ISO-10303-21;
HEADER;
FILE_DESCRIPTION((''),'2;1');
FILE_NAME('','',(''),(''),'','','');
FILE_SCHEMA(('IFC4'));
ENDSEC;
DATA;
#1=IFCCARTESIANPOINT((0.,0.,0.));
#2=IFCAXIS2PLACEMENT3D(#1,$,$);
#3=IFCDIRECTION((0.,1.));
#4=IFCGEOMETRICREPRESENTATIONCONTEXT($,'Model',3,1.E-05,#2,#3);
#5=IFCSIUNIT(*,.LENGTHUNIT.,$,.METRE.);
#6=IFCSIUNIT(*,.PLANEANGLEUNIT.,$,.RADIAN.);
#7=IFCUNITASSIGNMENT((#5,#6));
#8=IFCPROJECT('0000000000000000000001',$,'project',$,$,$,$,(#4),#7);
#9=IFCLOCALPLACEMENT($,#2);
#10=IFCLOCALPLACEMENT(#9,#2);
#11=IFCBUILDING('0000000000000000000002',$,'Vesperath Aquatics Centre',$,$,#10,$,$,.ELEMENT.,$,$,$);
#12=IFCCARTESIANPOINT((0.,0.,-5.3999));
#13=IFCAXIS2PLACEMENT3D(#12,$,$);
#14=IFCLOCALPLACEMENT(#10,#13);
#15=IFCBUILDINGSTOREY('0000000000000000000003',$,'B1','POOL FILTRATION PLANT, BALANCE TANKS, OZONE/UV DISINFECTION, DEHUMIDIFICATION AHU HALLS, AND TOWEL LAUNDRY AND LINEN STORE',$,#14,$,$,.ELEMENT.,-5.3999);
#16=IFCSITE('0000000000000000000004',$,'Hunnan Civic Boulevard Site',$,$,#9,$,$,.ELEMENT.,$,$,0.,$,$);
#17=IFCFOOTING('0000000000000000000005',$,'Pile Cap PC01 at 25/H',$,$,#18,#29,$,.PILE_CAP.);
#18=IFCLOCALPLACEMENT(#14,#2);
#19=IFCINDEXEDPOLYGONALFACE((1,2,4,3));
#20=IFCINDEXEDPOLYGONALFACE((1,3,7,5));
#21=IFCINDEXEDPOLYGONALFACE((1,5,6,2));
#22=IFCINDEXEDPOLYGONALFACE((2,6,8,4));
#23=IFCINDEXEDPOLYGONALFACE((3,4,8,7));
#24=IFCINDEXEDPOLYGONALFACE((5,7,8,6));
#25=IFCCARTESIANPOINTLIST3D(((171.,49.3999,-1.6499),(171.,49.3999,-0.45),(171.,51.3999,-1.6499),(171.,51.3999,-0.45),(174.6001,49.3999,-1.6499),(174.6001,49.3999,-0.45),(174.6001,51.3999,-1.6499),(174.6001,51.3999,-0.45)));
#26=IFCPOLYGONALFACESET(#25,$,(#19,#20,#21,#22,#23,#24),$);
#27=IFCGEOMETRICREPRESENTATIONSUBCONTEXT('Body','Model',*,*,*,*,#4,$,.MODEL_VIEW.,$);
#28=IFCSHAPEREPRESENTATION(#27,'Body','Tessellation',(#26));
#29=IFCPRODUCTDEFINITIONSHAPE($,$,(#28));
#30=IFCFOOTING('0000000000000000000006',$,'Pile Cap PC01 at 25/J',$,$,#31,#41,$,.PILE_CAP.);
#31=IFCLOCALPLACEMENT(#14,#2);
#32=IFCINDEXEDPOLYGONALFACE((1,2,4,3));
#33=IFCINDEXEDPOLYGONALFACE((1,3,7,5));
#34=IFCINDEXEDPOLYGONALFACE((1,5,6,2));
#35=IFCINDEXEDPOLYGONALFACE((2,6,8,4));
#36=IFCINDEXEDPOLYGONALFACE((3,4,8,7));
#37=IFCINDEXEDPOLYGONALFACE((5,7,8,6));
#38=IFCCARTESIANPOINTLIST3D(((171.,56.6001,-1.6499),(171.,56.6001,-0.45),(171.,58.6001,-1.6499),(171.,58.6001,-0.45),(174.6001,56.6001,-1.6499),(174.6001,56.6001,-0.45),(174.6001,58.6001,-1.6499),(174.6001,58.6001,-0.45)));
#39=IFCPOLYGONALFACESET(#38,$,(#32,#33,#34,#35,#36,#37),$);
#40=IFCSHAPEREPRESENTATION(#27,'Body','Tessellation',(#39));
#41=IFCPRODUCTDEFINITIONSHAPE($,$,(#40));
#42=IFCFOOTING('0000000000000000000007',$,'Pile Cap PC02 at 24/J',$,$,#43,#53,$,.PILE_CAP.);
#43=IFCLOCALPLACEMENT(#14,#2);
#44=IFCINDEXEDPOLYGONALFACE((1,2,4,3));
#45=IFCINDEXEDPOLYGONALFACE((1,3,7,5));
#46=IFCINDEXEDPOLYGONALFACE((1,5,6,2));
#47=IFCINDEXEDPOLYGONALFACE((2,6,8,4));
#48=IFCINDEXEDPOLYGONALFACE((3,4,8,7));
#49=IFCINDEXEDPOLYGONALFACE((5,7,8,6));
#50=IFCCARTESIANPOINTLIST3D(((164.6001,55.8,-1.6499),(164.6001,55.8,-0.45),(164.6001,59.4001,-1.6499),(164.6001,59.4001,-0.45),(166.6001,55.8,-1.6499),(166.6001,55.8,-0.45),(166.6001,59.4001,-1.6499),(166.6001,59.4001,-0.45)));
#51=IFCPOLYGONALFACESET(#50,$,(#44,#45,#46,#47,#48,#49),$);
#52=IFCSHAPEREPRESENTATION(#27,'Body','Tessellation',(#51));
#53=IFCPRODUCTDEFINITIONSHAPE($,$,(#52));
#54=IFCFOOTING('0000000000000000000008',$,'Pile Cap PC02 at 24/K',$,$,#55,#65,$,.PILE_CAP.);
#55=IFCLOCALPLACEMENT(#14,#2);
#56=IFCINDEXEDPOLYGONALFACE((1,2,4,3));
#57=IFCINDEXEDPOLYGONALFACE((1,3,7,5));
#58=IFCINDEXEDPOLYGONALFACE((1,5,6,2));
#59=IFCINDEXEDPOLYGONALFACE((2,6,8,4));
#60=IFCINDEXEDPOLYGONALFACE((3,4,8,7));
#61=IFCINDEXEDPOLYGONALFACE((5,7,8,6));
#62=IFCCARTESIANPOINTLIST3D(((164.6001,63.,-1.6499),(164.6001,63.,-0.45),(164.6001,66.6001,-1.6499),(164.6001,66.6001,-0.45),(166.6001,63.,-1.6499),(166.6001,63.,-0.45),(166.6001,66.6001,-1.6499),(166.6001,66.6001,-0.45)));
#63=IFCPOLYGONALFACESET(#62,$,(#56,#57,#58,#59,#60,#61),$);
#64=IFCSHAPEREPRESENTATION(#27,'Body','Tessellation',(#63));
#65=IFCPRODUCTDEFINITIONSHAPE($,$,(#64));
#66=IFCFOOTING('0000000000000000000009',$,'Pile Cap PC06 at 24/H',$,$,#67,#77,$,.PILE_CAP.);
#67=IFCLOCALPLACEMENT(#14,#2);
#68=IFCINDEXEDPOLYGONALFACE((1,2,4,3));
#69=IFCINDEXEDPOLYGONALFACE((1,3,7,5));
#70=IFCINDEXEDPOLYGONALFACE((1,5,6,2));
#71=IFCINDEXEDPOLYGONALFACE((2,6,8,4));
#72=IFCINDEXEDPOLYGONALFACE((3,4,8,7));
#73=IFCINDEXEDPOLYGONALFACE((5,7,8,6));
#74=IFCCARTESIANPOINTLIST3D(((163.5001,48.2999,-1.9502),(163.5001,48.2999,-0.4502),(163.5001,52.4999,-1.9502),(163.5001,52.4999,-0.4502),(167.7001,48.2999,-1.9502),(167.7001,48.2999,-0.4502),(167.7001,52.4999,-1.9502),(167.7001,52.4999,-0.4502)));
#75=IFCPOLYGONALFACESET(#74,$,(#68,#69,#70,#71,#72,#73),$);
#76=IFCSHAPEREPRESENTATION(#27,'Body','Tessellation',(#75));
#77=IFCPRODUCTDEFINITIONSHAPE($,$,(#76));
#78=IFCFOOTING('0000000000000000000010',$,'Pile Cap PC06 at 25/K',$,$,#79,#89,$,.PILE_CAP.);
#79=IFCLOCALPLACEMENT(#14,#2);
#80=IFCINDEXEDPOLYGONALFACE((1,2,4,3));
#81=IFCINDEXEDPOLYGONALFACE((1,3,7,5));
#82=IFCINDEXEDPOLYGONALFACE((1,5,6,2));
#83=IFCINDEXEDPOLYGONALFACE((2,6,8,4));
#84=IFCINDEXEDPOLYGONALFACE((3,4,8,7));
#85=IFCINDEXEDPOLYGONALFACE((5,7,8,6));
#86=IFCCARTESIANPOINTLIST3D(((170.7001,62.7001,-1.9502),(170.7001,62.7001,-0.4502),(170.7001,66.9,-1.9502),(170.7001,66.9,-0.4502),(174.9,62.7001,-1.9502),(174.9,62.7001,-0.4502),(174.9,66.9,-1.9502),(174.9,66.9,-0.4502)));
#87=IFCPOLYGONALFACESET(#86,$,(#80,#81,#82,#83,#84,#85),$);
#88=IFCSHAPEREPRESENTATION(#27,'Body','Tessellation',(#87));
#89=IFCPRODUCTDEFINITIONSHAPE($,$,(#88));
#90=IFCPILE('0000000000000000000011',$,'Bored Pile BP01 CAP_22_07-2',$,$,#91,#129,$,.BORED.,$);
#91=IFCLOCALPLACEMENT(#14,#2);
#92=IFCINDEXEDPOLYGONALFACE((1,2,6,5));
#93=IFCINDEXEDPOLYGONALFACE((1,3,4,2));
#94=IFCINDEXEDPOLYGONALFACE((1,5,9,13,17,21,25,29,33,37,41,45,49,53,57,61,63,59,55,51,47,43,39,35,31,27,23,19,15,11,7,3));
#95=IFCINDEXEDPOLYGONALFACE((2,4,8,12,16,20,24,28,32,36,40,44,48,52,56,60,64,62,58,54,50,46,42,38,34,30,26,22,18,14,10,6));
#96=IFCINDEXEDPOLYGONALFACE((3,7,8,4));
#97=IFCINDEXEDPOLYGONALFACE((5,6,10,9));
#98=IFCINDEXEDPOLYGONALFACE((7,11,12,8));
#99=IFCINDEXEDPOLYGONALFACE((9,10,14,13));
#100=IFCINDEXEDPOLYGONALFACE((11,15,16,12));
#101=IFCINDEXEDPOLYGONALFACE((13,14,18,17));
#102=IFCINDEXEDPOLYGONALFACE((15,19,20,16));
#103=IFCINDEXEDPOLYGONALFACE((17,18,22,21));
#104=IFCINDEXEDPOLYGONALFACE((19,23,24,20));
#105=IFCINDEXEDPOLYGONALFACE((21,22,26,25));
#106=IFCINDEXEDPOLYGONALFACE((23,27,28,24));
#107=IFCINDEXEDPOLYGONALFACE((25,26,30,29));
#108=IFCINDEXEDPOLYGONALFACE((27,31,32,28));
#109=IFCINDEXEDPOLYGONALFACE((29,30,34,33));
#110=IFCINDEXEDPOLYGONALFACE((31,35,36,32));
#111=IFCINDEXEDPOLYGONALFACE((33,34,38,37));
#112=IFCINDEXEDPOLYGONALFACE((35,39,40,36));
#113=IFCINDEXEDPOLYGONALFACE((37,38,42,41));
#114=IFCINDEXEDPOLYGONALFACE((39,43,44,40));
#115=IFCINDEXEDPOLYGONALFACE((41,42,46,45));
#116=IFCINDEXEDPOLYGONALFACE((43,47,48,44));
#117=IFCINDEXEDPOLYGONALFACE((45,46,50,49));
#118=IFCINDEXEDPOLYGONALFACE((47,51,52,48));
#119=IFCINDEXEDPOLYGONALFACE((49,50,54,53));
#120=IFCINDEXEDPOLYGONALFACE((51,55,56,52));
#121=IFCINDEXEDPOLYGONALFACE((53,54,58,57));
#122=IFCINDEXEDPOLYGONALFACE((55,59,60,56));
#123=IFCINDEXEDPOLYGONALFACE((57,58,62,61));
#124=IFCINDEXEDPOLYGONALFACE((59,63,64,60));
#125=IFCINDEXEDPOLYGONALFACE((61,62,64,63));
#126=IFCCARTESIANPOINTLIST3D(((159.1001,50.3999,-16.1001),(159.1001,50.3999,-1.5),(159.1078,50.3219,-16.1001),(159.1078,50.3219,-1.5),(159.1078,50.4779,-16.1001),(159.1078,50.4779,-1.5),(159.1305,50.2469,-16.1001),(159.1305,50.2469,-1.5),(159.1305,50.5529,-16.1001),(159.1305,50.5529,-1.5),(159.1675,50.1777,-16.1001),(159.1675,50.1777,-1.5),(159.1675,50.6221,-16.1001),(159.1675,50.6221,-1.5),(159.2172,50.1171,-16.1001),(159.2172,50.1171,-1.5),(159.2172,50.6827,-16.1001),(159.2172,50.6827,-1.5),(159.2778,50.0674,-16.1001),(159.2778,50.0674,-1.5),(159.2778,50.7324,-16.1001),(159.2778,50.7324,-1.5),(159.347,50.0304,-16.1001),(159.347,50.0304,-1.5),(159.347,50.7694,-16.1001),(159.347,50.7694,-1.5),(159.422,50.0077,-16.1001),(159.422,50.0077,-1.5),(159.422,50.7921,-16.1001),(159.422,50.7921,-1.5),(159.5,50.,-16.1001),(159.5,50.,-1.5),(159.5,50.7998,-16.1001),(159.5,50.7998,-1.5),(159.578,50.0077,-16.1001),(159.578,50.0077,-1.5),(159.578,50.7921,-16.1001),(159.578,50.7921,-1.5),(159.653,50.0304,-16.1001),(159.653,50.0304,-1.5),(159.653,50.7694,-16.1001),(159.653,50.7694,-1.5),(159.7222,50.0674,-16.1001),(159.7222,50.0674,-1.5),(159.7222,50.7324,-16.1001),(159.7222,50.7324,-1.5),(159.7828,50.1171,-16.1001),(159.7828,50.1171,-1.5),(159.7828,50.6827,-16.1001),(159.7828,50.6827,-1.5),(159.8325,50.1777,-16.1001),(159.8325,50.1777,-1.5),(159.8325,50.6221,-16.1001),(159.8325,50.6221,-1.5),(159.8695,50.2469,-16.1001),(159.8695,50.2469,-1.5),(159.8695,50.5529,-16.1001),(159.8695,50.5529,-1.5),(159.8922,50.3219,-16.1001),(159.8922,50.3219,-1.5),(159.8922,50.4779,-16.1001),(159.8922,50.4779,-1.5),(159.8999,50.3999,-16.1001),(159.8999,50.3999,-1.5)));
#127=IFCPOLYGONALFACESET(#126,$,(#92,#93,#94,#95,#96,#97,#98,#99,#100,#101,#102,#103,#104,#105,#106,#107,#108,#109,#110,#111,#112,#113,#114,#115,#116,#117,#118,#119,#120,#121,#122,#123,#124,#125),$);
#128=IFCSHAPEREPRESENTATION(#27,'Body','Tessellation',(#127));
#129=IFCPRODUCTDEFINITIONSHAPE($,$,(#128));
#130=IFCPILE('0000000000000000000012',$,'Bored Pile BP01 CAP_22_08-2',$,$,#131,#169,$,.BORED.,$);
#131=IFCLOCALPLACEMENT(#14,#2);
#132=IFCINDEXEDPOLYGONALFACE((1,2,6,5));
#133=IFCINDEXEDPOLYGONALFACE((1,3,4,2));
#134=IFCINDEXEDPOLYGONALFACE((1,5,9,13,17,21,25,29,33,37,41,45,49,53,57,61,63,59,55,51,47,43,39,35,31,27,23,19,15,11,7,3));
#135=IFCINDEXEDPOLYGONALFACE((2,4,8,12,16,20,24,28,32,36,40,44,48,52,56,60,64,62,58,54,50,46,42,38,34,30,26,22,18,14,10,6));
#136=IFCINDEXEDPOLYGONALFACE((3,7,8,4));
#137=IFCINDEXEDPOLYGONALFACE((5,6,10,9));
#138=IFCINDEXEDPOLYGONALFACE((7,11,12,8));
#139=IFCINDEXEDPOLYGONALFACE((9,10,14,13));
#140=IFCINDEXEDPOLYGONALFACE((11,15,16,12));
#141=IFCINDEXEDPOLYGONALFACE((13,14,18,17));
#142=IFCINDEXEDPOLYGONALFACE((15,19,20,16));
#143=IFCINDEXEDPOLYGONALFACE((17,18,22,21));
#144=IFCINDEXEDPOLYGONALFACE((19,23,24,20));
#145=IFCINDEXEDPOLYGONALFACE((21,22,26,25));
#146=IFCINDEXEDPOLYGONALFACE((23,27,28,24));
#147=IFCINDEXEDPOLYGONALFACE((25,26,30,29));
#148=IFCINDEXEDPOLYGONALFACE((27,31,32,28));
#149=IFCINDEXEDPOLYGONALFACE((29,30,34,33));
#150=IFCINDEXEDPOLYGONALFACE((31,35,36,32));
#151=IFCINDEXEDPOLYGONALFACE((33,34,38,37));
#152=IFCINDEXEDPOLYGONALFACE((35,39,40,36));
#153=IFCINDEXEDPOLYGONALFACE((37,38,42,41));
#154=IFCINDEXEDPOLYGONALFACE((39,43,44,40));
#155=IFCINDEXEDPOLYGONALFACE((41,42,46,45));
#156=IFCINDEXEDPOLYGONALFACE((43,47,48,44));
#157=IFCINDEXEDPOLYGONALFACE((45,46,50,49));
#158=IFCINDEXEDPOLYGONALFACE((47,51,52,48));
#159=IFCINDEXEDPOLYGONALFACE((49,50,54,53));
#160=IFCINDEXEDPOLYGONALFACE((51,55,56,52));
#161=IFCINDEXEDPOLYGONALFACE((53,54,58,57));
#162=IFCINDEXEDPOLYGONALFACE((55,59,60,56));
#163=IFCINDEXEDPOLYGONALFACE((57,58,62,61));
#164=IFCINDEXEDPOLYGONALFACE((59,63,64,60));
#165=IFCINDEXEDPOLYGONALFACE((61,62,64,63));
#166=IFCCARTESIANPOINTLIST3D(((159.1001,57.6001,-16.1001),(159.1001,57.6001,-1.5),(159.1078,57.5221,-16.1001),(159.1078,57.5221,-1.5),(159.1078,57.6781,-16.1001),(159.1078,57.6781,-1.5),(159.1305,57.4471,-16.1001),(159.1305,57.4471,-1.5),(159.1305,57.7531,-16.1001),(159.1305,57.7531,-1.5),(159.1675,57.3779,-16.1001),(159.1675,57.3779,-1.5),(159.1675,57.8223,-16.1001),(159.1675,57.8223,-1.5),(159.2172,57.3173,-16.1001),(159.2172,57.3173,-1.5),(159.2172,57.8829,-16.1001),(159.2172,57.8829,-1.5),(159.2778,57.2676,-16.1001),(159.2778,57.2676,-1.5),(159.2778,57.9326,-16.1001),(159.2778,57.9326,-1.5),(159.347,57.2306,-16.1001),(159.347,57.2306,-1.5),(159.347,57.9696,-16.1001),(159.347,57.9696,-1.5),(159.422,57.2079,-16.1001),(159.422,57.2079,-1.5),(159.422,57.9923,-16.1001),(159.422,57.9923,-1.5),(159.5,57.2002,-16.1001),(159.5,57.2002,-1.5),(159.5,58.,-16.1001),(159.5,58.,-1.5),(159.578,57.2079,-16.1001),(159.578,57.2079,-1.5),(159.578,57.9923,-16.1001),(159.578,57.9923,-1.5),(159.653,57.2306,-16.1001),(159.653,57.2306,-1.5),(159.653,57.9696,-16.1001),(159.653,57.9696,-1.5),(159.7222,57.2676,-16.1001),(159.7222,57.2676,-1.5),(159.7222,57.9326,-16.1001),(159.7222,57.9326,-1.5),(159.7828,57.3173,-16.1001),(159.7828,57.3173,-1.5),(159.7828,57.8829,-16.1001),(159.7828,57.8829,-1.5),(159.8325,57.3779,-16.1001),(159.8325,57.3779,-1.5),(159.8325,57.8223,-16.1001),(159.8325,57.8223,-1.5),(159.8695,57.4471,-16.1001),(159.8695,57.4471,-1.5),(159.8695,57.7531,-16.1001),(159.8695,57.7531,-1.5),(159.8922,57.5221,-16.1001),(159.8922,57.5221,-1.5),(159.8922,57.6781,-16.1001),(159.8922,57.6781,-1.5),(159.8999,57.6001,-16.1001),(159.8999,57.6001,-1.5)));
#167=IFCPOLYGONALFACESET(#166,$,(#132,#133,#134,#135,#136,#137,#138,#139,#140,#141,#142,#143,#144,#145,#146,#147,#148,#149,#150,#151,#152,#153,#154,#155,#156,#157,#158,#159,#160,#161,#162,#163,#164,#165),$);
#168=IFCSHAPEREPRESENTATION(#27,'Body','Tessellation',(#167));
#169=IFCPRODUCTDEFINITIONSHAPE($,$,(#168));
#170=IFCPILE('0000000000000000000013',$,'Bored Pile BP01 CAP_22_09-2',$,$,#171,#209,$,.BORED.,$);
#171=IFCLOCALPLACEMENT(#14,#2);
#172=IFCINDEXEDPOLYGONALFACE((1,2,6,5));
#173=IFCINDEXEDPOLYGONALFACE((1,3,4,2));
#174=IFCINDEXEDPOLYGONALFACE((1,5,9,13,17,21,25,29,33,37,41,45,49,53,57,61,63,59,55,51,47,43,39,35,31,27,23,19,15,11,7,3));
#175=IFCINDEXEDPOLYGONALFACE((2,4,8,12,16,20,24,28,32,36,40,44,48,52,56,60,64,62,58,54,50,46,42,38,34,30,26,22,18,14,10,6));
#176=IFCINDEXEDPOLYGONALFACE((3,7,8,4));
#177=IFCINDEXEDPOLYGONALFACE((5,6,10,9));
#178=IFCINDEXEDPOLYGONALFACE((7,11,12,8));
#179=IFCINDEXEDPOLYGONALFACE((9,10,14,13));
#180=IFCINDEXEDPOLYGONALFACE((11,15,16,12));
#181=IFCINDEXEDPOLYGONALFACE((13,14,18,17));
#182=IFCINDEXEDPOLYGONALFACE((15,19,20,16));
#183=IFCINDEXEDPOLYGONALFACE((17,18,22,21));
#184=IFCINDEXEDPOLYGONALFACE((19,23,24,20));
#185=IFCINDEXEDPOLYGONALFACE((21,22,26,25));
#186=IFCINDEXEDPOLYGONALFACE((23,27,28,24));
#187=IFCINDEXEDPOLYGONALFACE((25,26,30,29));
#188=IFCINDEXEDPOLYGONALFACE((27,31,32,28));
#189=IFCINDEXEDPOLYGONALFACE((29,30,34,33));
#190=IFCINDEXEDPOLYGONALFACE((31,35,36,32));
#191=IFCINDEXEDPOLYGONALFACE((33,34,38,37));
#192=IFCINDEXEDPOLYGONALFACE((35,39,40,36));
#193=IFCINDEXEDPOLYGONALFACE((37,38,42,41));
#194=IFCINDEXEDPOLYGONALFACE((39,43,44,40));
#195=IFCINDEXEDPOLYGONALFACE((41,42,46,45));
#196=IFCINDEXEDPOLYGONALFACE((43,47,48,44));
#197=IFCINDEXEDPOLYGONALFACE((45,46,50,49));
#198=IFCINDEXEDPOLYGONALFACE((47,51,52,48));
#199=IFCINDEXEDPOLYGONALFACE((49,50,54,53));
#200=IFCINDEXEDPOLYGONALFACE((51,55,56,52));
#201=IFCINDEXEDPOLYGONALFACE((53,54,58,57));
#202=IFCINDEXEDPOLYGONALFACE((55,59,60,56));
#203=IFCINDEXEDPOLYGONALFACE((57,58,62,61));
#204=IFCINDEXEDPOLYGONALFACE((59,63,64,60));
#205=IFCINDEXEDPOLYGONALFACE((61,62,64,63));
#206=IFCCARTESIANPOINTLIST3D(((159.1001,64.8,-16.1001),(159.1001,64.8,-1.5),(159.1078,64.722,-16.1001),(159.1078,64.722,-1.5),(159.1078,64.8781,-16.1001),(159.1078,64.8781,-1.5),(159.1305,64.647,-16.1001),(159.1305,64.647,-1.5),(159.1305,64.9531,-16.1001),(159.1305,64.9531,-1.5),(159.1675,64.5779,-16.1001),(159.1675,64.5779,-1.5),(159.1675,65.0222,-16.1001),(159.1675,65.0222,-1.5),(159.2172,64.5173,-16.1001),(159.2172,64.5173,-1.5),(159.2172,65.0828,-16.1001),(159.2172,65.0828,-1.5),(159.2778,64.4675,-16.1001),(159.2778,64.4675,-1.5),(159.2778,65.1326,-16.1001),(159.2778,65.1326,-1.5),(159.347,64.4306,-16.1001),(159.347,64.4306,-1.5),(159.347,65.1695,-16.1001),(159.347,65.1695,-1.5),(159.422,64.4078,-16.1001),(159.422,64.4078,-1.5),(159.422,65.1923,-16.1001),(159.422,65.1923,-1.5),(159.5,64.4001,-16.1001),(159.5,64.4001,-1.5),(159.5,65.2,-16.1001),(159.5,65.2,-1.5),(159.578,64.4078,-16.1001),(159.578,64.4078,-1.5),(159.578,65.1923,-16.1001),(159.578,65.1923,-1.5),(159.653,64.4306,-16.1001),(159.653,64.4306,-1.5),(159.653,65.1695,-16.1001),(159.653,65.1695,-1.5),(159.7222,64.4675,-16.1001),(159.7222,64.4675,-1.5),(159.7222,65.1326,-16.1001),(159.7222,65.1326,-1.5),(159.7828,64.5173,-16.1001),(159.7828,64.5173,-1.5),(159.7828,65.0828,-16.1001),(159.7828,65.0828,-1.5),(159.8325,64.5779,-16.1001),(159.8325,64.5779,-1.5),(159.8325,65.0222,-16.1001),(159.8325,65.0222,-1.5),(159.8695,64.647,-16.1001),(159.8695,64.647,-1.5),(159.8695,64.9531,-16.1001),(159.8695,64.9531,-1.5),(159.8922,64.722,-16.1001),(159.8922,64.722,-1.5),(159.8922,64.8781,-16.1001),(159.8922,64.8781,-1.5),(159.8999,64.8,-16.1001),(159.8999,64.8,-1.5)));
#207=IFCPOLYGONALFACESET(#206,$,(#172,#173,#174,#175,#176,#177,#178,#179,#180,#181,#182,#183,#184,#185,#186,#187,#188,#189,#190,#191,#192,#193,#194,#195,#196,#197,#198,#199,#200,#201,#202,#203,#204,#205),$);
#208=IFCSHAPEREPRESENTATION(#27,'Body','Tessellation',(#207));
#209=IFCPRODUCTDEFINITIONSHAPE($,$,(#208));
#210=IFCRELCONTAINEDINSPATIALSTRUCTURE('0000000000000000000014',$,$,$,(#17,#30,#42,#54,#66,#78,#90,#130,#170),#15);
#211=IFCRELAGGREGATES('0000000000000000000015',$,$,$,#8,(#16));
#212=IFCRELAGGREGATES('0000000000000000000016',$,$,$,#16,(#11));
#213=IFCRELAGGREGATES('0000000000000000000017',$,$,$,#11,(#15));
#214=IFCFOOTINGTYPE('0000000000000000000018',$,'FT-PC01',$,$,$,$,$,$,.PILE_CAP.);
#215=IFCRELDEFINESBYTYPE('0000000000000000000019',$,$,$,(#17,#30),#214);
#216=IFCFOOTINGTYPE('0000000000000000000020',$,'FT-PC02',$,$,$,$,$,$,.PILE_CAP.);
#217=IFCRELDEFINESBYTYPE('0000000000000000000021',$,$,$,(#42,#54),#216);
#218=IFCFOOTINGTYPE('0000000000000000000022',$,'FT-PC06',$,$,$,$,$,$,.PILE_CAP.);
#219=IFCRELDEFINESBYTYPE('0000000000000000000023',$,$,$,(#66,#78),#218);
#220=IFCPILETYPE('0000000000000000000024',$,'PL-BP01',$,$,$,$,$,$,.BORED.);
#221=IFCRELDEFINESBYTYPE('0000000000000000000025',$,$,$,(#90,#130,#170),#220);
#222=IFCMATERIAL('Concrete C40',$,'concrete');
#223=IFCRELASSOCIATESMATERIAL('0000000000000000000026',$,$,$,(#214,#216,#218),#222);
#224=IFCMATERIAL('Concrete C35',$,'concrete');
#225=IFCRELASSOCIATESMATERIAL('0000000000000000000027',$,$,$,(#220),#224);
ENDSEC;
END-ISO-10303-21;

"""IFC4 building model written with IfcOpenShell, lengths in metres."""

from ifc_helpers import new_model, si_unit, direction, frame, origin, origin_2d, place, context, subcontext, project, spatial, rectangle, circle, extrude, material, material_profile, profile_set, type_object, element, save


model = new_model("IFC4")

# Units and contexts
model_context = context("Model", 3, precision=1e-05, world=origin(), true_north=direction((0.0, 1.0)))
body_context = subcontext(model_context, "Body", "Model", "MODEL_VIEW")
ifc_project = project(units=[si_unit("LENGTHUNIT", "METRE"), si_unit("PLANEANGLEUNIT", "RADIAN")], contexts=[model_context])

# Site, building, storey
site_placement = place(None, origin())
site = spatial("IfcSite", under=ifc_project, at=site_placement, Name="Hunnan Civic Boulevard Site", CompositionType="ELEMENT", RefElevation=0.0)
building_placement = place(site_placement, origin())
building = spatial("IfcBuilding", under=site, at=building_placement, Name="Vesperath Aquatics Centre", CompositionType="ELEMENT")
storey_placement = place(building_placement, frame((0.0, 0.0, -5.3999)))
storey = spatial("IfcBuildingStorey", under=building, at=storey_placement, Name="B1", Description="POOL FILTRATION PLANT, BALANCE TANKS, OZONE/UV DISINFECTION, DEHUMIDIFICATION AHU HALLS, AND TOWEL LAUNDRY AND LINEN STORE", CompositionType="ELEMENT", Elevation=-5.3999)

# Footings
ifc_material_1 = material(Name="Concrete C40", Category="concrete")
footing_type_1 = type_object("IfcFootingType", Name="FT-PC01", PredefinedType="PILE_CAP", material=ifc_material_1)
for number, where, z_axis, x_axis, name in (
    (1, (172.8, 50.3999, -1.6499), (0.0, 0.0, 1.0), (1.0, 0.0, 0.0), "Pile Cap PC01 at 25/H"),
    (2, (172.8, 57.6001, -1.6499), (0.0, 0.0, 1.0), (1.0, 0.0, 0.0), "Pile Cap PC01 at 25/J"),
):
    element("IfcFooting", number, at=place(storey_placement, frame(where, z_axis=z_axis, x_axis=x_axis)), inside=storey, type_object=footing_type_1, Name=name, PredefinedType="PILE_CAP", context=body_context, shape_type="SweptSolid", body=[
        extrude(rectangle(XDim=3.6001, YDim=2.0, at=origin_2d()), origin(), (0.0, 0.0, 1.0), 1.2),
    ])
footing_type_2 = type_object("IfcFootingType", Name="FT-PC02", PredefinedType="PILE_CAP", material=ifc_material_1)
for number, where, z_axis, x_axis, name in (
    (3, (165.6001, 57.6001, -1.6499), (0.0, 0.0, 1.0), (1.0, 0.0, 0.0), "Pile Cap PC02 at 24/J"),
    (4, (165.6001, 64.8, -1.6499), (0.0, 0.0, 1.0), (1.0, 0.0, 0.0), "Pile Cap PC02 at 24/K"),
):
    element("IfcFooting", number, at=place(storey_placement, frame(where, z_axis=z_axis, x_axis=x_axis)), inside=storey, type_object=footing_type_2, Name=name, PredefinedType="PILE_CAP", context=body_context, shape_type="SweptSolid", body=[
        extrude(rectangle(XDim=2.0, YDim=3.6001, at=origin_2d()), origin(), (0.0, 0.0, 1.0), 1.2),
    ])
footing_type_3 = type_object("IfcFootingType", Name="FT-PC06", PredefinedType="PILE_CAP", material=ifc_material_1)
for number, where, z_axis, x_axis, name in (
    (5, (165.6001, 50.3999, -1.9502), (0.0, 0.0, 1.0), (1.0, 0.0, 0.0), "Pile Cap PC06 at 24/H"),
    (6, (172.8, 64.8, -1.9502), (0.0, 0.0, 1.0), (1.0, 0.0, 0.0), "Pile Cap PC06 at 25/K"),
):
    element("IfcFooting", number, at=place(storey_placement, frame(where, z_axis=z_axis, x_axis=x_axis)), inside=storey, type_object=footing_type_3, Name=name, PredefinedType="PILE_CAP", context=body_context, shape_type="SweptSolid", body=[
        extrude(rectangle(XDim=4.2, YDim=4.2, at=origin_2d()), origin(), (0.0, 0.0, 1.0), 1.5),
    ])

# Piles
ifc_material_2 = material(Name="Concrete C35", Category="concrete")
ifc_material_profile_1 = material_profile(ifc_material_2, circle(Radius=0.3999, at=origin_2d()), Name="PILE D800")
ifc_profile_set_1 = profile_set([ifc_material_profile_1], Name="Concrete C35")
pile_type = type_object("IfcPileType", Name="PL-BP01", PredefinedType="BORED", material=ifc_profile_set_1)
for number, where, z_axis, x_axis, name in (
    (7, (159.5, 50.3999, -1.5), (0.0, 0.0, -1.0), (1.0, 0.0, 0.0), "Bored Pile BP01 CAP_22_07-2"),
    (8, (159.5, 57.6001, -1.5), (0.0, 0.0, -1.0), (1.0, 0.0, 0.0), "Bored Pile BP01 CAP_22_08-2"),
    (9, (159.5, 64.8, -1.5), (0.0, 0.0, -1.0), (1.0, 0.0, 0.0), "Bored Pile BP01 CAP_22_09-2"),
):
    element("IfcPile", number, at=place(storey_placement, frame(where, z_axis=z_axis, x_axis=x_axis)), inside=storey, type_object=pile_type, Name=name, PredefinedType="BORED", context=body_context, shape_type="SweptSolid", body=[
        extrude(circle(Radius=0.3999, at=origin_2d()), origin(), (0.0, 0.0, 1.0), 14.6001),
    ])

save(model, "model.ifc")
